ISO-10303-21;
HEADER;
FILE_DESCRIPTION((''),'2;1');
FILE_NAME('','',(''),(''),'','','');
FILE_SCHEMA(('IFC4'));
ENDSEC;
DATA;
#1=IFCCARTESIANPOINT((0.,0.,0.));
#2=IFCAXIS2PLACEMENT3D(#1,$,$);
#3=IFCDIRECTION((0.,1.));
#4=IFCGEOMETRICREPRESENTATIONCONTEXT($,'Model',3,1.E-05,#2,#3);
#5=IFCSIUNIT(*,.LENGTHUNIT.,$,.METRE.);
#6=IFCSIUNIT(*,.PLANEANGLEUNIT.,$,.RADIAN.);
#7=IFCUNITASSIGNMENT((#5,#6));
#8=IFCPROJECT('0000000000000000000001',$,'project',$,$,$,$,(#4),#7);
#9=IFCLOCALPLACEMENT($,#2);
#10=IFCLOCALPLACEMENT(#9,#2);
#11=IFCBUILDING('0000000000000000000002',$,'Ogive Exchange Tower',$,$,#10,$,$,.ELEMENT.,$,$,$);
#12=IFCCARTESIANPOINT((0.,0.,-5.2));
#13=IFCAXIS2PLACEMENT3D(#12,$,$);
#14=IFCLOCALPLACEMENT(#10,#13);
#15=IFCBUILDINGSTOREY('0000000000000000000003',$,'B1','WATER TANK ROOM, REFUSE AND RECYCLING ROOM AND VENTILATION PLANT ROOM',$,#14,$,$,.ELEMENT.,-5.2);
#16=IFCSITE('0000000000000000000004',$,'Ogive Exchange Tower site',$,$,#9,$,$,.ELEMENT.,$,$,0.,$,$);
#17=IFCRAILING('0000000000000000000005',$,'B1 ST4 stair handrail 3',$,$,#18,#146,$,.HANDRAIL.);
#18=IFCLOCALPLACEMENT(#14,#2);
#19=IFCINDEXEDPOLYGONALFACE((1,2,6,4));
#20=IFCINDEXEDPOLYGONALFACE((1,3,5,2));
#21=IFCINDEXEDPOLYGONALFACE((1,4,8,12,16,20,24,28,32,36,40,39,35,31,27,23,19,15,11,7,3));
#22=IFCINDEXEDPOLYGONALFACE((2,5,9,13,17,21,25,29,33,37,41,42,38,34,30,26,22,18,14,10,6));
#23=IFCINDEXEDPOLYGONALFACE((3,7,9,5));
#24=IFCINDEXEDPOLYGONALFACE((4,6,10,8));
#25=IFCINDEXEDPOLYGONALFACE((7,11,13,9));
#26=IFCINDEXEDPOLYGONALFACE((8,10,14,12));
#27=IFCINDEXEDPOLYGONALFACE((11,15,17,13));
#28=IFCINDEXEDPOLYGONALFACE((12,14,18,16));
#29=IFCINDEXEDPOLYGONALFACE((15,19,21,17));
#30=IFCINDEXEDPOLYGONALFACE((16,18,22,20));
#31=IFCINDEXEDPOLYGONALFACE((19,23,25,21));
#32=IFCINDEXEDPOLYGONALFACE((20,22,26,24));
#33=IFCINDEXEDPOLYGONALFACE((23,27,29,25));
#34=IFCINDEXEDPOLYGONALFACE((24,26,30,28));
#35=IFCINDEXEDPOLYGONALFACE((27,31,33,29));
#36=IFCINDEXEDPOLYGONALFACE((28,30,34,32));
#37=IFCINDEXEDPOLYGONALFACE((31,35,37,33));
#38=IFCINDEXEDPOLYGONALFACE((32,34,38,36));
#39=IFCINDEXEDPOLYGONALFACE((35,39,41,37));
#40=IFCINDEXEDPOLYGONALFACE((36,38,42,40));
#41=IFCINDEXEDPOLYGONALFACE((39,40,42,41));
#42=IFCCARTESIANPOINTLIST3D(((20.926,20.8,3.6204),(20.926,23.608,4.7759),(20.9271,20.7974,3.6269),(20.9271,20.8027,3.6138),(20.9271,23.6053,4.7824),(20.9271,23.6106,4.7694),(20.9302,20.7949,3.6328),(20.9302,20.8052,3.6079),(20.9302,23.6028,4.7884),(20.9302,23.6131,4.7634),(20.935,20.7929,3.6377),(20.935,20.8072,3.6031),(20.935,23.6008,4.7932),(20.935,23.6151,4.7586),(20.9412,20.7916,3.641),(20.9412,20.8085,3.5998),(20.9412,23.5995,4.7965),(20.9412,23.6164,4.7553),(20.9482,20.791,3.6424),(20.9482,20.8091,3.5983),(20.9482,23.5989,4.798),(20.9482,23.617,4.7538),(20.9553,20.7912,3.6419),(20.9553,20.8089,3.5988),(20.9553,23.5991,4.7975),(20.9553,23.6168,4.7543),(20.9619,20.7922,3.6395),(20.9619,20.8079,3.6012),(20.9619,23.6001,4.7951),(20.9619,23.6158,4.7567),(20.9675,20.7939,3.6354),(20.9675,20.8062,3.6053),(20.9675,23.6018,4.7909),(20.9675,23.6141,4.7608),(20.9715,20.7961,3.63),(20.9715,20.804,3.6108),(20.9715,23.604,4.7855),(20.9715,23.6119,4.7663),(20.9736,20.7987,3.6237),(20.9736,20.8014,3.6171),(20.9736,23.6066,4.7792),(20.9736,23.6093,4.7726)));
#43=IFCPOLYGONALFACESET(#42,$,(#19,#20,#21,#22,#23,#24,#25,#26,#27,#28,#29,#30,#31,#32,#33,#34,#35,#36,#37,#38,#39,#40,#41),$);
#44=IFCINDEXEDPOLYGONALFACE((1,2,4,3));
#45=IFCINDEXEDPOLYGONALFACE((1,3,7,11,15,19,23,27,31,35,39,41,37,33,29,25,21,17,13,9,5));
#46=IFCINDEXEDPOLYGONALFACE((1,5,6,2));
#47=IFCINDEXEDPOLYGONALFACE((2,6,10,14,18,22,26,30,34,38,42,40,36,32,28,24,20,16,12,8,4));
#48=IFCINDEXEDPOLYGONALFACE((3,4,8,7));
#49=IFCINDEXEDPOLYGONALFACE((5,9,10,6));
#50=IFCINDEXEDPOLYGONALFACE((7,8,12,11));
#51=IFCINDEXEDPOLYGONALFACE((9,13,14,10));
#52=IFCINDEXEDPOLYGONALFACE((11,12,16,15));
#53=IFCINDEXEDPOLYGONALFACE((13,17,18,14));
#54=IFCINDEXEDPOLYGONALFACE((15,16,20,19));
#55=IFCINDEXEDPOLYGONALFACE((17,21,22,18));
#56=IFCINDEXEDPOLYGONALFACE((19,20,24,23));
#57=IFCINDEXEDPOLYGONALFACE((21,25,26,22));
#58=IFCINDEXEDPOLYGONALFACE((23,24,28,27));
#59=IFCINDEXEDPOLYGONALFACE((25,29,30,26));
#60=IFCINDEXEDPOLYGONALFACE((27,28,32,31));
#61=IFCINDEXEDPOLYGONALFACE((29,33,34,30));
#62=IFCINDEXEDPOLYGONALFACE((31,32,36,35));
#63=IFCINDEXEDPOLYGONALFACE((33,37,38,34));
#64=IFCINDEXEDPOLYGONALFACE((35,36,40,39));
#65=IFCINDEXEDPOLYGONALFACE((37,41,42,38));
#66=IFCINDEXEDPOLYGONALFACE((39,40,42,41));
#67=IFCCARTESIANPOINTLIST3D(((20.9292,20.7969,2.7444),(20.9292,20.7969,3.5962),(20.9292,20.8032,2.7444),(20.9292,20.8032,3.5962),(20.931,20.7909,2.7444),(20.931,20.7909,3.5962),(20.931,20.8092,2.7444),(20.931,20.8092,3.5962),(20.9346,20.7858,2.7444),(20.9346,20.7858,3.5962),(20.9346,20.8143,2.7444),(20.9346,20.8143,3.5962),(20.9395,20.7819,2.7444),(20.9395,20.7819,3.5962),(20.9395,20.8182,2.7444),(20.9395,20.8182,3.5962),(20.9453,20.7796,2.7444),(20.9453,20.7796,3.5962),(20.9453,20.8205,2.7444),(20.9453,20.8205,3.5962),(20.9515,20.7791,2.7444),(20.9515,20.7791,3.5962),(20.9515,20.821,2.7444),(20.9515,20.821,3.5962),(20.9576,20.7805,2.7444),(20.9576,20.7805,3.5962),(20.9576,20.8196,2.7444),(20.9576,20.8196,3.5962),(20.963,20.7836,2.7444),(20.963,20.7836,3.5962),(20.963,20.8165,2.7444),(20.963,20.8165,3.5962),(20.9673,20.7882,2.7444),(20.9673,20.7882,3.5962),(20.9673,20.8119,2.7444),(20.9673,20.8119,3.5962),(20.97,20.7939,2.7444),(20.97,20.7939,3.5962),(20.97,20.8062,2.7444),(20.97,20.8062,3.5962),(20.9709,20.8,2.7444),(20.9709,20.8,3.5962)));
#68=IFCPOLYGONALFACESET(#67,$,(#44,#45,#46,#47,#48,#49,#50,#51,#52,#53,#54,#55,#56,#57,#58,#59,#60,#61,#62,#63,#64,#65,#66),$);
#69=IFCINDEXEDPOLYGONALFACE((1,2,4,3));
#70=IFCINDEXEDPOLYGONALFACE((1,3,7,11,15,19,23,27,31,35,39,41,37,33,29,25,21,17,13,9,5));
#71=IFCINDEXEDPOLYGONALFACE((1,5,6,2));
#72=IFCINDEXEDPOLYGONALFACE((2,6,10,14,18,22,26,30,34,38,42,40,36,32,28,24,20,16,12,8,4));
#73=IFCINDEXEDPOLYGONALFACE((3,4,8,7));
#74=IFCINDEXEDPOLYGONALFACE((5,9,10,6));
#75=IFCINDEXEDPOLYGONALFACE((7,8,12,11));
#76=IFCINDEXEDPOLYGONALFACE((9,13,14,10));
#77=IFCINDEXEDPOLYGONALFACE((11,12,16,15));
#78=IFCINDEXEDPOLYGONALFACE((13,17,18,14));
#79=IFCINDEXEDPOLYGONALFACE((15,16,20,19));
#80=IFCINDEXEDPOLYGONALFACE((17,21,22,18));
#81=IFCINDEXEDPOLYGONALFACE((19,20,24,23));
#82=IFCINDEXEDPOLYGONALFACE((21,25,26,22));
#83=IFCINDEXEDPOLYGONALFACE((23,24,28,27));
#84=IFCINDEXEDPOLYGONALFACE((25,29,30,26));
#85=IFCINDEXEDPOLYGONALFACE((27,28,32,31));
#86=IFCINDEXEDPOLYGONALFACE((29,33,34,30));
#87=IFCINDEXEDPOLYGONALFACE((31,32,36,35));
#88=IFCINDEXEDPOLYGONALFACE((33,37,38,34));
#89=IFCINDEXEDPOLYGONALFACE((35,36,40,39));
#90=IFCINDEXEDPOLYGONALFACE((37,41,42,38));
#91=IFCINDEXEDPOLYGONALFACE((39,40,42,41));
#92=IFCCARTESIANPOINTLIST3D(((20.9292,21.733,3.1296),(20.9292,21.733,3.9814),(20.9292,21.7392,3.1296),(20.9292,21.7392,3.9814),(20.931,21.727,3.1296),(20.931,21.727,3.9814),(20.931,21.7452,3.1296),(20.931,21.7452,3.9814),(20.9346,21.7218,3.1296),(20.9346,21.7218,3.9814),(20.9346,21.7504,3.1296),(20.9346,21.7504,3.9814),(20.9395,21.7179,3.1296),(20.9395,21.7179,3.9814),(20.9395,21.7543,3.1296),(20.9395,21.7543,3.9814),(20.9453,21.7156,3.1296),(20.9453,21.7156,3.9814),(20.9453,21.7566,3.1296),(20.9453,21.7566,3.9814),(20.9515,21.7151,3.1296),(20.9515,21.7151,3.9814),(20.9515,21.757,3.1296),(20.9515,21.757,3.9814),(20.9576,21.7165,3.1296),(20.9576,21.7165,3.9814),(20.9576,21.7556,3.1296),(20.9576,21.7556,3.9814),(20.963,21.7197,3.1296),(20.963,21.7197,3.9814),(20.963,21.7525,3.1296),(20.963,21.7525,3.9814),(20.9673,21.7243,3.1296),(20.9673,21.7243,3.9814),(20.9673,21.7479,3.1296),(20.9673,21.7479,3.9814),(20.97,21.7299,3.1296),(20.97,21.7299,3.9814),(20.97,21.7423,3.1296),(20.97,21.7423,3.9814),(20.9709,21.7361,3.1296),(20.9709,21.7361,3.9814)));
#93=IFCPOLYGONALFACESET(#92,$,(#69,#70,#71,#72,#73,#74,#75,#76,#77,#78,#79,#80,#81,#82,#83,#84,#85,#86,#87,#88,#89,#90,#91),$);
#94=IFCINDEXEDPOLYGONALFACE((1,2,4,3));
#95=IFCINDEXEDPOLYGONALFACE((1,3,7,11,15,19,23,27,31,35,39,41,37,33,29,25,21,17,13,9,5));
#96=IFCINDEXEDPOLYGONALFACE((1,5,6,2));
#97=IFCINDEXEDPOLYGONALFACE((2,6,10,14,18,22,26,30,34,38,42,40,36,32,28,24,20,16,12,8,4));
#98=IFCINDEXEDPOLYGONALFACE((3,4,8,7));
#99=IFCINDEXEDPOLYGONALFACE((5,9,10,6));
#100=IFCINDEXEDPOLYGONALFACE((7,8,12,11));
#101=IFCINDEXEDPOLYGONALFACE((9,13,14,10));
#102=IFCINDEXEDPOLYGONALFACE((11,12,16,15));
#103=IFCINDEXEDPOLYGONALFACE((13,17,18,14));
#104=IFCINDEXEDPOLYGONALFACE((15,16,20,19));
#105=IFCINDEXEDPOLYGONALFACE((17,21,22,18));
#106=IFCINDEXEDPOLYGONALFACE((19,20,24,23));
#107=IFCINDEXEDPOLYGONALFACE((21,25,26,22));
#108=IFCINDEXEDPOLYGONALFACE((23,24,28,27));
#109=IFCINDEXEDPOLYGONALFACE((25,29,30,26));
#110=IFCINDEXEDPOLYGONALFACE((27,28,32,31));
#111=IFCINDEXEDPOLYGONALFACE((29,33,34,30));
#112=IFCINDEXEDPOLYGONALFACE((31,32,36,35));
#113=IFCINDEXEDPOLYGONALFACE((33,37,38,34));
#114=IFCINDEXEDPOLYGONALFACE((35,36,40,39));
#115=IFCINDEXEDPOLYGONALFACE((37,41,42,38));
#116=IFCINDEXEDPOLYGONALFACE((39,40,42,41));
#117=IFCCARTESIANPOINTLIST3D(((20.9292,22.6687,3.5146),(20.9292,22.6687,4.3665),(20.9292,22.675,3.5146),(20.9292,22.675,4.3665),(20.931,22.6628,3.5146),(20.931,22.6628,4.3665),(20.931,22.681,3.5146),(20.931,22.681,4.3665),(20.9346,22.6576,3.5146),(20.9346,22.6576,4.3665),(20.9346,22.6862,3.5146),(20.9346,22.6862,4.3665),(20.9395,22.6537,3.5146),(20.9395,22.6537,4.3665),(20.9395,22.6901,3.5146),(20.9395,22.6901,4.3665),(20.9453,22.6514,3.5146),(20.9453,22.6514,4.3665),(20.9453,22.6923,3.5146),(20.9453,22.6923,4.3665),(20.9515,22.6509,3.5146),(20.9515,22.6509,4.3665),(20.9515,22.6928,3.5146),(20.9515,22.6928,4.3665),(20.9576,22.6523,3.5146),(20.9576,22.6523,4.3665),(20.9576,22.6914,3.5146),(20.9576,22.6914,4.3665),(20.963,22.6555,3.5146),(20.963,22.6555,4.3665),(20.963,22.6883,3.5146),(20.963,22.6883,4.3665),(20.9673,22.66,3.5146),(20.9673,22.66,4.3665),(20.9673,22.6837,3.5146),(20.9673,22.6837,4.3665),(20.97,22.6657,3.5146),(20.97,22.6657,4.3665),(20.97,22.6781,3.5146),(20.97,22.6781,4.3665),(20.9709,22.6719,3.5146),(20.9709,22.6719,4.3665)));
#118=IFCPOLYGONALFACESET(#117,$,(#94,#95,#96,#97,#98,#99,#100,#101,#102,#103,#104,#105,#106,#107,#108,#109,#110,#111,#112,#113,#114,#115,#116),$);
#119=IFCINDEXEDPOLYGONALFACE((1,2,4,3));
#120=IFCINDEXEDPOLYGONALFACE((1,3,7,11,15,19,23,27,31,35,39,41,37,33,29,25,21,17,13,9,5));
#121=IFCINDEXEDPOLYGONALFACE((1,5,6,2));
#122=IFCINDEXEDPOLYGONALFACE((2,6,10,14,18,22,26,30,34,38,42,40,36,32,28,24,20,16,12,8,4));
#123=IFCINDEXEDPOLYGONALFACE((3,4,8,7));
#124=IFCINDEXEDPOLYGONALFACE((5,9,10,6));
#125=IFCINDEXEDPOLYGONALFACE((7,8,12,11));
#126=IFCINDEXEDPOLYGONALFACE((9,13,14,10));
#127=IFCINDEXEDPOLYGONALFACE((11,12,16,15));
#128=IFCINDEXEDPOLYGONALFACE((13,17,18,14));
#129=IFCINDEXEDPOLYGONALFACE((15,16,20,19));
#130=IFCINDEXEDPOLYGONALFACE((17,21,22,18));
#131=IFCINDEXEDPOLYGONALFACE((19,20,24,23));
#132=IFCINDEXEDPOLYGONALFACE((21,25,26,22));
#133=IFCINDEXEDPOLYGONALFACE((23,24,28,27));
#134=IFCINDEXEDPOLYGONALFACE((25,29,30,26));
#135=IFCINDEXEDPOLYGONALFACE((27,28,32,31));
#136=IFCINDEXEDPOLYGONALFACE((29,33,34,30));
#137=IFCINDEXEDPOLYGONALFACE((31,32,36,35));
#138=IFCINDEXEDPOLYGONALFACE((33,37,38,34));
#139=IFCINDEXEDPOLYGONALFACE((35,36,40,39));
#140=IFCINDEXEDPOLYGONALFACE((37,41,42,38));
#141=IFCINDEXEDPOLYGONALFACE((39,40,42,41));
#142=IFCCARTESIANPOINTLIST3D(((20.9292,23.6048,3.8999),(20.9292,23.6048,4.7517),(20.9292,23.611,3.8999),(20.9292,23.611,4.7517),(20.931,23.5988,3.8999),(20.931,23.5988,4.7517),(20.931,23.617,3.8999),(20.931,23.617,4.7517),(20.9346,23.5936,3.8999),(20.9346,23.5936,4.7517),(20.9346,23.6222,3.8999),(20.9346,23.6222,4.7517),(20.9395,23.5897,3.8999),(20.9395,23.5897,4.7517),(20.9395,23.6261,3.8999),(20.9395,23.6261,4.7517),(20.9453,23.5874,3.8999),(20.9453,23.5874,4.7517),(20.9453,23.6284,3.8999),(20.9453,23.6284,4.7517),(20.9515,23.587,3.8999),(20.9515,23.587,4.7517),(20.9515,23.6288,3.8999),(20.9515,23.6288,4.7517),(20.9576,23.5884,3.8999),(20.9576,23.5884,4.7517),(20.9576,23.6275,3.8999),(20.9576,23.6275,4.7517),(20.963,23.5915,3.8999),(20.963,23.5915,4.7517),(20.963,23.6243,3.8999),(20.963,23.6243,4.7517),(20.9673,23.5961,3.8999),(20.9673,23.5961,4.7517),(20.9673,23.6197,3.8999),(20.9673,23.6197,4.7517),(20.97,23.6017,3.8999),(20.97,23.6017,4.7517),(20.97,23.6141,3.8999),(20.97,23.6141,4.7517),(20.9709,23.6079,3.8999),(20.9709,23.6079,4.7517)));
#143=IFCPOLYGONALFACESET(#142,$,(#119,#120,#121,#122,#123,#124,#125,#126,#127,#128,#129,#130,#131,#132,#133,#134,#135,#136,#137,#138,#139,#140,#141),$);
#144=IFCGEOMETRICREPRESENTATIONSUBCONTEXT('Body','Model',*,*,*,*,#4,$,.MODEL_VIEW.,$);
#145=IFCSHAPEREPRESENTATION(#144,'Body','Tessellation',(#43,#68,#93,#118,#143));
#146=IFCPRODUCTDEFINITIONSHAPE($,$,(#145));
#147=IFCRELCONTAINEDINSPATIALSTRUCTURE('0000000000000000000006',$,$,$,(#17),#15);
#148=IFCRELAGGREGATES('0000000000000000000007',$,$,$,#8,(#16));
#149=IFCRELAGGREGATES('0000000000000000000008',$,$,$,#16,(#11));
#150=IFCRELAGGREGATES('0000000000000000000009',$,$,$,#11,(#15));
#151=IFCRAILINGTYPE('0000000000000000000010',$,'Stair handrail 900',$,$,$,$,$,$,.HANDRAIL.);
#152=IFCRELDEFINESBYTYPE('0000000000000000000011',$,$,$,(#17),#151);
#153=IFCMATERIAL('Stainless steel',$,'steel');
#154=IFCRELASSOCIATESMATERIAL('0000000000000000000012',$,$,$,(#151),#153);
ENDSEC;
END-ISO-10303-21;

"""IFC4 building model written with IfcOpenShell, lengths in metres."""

from ifc_helpers import new_model, si_unit, direction, frame, origin, origin_2d, place, context, subcontext, project, spatial, circle, extrude, material, type_object, element, save


model = new_model("IFC4")

# Units and contexts
model_context = context("Model", 3, precision=1e-05, world=origin(), true_north=direction((0.0, 1.0)))
body_context = subcontext(model_context, "Body", "Model", "MODEL_VIEW")
ifc_project = project(units=[si_unit("LENGTHUNIT", "METRE"), si_unit("PLANEANGLEUNIT", "RADIAN")], contexts=[model_context])

# Site, building, storey
site_placement = place(None, origin())
site = spatial("IfcSite", under=ifc_project, at=site_placement, Name="Ogive Exchange Tower site", CompositionType="ELEMENT", RefElevation=0.0)
building_placement = place(site_placement, origin())
building = spatial("IfcBuilding", under=site, at=building_placement, Name="Ogive Exchange Tower", CompositionType="ELEMENT")
storey_placement = place(building_placement, frame((0.0, 0.0, -5.2)))
storey = spatial("IfcBuildingStorey", under=building, at=storey_placement, Name="B1", Description="WATER TANK ROOM, REFUSE AND RECYCLING ROOM AND VENTILATION PLANT ROOM", CompositionType="ELEMENT", Elevation=-5.2)

# Railing
ifc_material_1 = material(Name="Stainless steel", Category="steel")
railing_type = type_object("IfcRailingType", Name="Stair handrail 900", PredefinedType="HANDRAIL", material=ifc_material_1)
railing_1_placement = place(storey_placement, frame((20.95, 20.8, 2.7444)))
element("IfcRailing", 1, at=railing_1_placement, inside=storey, type_object=railing_type, Name="B1 ST4 stair handrail 3", PredefinedType="HANDRAIL", context=body_context, shape_type="SweptSolid", body=[
    extrude(circle(Radius=0.0239, at=origin_2d()), frame((0.0, 0.0, 0.876), z_axis=(0.0, 0.924755, 0.380564), x_axis=(-1.0, 0.0, 0.0)), (0.0, 0.0, 1.0), 3.0364),
    extrude(circle(Radius=0.021, at=origin_2d()), origin(), (0.0, 0.0, 1.0), 0.8518),
    extrude(circle(Radius=0.021, at=origin_2d()), frame((0.0, 0.936, 0.3853)), (0.0, 0.0, 1.0), 0.8518),
    extrude(circle(Radius=0.021, at=origin_2d()), frame((0.0, 1.8718, 0.7703)), (0.0, 0.0, 1.0), 0.8518),
    extrude(circle(Radius=0.021, at=origin_2d()), frame((0.0, 2.8079, 1.1555)), (0.0, 0.0, 1.0), 0.8518),
])

save(model, "model.ifc")
